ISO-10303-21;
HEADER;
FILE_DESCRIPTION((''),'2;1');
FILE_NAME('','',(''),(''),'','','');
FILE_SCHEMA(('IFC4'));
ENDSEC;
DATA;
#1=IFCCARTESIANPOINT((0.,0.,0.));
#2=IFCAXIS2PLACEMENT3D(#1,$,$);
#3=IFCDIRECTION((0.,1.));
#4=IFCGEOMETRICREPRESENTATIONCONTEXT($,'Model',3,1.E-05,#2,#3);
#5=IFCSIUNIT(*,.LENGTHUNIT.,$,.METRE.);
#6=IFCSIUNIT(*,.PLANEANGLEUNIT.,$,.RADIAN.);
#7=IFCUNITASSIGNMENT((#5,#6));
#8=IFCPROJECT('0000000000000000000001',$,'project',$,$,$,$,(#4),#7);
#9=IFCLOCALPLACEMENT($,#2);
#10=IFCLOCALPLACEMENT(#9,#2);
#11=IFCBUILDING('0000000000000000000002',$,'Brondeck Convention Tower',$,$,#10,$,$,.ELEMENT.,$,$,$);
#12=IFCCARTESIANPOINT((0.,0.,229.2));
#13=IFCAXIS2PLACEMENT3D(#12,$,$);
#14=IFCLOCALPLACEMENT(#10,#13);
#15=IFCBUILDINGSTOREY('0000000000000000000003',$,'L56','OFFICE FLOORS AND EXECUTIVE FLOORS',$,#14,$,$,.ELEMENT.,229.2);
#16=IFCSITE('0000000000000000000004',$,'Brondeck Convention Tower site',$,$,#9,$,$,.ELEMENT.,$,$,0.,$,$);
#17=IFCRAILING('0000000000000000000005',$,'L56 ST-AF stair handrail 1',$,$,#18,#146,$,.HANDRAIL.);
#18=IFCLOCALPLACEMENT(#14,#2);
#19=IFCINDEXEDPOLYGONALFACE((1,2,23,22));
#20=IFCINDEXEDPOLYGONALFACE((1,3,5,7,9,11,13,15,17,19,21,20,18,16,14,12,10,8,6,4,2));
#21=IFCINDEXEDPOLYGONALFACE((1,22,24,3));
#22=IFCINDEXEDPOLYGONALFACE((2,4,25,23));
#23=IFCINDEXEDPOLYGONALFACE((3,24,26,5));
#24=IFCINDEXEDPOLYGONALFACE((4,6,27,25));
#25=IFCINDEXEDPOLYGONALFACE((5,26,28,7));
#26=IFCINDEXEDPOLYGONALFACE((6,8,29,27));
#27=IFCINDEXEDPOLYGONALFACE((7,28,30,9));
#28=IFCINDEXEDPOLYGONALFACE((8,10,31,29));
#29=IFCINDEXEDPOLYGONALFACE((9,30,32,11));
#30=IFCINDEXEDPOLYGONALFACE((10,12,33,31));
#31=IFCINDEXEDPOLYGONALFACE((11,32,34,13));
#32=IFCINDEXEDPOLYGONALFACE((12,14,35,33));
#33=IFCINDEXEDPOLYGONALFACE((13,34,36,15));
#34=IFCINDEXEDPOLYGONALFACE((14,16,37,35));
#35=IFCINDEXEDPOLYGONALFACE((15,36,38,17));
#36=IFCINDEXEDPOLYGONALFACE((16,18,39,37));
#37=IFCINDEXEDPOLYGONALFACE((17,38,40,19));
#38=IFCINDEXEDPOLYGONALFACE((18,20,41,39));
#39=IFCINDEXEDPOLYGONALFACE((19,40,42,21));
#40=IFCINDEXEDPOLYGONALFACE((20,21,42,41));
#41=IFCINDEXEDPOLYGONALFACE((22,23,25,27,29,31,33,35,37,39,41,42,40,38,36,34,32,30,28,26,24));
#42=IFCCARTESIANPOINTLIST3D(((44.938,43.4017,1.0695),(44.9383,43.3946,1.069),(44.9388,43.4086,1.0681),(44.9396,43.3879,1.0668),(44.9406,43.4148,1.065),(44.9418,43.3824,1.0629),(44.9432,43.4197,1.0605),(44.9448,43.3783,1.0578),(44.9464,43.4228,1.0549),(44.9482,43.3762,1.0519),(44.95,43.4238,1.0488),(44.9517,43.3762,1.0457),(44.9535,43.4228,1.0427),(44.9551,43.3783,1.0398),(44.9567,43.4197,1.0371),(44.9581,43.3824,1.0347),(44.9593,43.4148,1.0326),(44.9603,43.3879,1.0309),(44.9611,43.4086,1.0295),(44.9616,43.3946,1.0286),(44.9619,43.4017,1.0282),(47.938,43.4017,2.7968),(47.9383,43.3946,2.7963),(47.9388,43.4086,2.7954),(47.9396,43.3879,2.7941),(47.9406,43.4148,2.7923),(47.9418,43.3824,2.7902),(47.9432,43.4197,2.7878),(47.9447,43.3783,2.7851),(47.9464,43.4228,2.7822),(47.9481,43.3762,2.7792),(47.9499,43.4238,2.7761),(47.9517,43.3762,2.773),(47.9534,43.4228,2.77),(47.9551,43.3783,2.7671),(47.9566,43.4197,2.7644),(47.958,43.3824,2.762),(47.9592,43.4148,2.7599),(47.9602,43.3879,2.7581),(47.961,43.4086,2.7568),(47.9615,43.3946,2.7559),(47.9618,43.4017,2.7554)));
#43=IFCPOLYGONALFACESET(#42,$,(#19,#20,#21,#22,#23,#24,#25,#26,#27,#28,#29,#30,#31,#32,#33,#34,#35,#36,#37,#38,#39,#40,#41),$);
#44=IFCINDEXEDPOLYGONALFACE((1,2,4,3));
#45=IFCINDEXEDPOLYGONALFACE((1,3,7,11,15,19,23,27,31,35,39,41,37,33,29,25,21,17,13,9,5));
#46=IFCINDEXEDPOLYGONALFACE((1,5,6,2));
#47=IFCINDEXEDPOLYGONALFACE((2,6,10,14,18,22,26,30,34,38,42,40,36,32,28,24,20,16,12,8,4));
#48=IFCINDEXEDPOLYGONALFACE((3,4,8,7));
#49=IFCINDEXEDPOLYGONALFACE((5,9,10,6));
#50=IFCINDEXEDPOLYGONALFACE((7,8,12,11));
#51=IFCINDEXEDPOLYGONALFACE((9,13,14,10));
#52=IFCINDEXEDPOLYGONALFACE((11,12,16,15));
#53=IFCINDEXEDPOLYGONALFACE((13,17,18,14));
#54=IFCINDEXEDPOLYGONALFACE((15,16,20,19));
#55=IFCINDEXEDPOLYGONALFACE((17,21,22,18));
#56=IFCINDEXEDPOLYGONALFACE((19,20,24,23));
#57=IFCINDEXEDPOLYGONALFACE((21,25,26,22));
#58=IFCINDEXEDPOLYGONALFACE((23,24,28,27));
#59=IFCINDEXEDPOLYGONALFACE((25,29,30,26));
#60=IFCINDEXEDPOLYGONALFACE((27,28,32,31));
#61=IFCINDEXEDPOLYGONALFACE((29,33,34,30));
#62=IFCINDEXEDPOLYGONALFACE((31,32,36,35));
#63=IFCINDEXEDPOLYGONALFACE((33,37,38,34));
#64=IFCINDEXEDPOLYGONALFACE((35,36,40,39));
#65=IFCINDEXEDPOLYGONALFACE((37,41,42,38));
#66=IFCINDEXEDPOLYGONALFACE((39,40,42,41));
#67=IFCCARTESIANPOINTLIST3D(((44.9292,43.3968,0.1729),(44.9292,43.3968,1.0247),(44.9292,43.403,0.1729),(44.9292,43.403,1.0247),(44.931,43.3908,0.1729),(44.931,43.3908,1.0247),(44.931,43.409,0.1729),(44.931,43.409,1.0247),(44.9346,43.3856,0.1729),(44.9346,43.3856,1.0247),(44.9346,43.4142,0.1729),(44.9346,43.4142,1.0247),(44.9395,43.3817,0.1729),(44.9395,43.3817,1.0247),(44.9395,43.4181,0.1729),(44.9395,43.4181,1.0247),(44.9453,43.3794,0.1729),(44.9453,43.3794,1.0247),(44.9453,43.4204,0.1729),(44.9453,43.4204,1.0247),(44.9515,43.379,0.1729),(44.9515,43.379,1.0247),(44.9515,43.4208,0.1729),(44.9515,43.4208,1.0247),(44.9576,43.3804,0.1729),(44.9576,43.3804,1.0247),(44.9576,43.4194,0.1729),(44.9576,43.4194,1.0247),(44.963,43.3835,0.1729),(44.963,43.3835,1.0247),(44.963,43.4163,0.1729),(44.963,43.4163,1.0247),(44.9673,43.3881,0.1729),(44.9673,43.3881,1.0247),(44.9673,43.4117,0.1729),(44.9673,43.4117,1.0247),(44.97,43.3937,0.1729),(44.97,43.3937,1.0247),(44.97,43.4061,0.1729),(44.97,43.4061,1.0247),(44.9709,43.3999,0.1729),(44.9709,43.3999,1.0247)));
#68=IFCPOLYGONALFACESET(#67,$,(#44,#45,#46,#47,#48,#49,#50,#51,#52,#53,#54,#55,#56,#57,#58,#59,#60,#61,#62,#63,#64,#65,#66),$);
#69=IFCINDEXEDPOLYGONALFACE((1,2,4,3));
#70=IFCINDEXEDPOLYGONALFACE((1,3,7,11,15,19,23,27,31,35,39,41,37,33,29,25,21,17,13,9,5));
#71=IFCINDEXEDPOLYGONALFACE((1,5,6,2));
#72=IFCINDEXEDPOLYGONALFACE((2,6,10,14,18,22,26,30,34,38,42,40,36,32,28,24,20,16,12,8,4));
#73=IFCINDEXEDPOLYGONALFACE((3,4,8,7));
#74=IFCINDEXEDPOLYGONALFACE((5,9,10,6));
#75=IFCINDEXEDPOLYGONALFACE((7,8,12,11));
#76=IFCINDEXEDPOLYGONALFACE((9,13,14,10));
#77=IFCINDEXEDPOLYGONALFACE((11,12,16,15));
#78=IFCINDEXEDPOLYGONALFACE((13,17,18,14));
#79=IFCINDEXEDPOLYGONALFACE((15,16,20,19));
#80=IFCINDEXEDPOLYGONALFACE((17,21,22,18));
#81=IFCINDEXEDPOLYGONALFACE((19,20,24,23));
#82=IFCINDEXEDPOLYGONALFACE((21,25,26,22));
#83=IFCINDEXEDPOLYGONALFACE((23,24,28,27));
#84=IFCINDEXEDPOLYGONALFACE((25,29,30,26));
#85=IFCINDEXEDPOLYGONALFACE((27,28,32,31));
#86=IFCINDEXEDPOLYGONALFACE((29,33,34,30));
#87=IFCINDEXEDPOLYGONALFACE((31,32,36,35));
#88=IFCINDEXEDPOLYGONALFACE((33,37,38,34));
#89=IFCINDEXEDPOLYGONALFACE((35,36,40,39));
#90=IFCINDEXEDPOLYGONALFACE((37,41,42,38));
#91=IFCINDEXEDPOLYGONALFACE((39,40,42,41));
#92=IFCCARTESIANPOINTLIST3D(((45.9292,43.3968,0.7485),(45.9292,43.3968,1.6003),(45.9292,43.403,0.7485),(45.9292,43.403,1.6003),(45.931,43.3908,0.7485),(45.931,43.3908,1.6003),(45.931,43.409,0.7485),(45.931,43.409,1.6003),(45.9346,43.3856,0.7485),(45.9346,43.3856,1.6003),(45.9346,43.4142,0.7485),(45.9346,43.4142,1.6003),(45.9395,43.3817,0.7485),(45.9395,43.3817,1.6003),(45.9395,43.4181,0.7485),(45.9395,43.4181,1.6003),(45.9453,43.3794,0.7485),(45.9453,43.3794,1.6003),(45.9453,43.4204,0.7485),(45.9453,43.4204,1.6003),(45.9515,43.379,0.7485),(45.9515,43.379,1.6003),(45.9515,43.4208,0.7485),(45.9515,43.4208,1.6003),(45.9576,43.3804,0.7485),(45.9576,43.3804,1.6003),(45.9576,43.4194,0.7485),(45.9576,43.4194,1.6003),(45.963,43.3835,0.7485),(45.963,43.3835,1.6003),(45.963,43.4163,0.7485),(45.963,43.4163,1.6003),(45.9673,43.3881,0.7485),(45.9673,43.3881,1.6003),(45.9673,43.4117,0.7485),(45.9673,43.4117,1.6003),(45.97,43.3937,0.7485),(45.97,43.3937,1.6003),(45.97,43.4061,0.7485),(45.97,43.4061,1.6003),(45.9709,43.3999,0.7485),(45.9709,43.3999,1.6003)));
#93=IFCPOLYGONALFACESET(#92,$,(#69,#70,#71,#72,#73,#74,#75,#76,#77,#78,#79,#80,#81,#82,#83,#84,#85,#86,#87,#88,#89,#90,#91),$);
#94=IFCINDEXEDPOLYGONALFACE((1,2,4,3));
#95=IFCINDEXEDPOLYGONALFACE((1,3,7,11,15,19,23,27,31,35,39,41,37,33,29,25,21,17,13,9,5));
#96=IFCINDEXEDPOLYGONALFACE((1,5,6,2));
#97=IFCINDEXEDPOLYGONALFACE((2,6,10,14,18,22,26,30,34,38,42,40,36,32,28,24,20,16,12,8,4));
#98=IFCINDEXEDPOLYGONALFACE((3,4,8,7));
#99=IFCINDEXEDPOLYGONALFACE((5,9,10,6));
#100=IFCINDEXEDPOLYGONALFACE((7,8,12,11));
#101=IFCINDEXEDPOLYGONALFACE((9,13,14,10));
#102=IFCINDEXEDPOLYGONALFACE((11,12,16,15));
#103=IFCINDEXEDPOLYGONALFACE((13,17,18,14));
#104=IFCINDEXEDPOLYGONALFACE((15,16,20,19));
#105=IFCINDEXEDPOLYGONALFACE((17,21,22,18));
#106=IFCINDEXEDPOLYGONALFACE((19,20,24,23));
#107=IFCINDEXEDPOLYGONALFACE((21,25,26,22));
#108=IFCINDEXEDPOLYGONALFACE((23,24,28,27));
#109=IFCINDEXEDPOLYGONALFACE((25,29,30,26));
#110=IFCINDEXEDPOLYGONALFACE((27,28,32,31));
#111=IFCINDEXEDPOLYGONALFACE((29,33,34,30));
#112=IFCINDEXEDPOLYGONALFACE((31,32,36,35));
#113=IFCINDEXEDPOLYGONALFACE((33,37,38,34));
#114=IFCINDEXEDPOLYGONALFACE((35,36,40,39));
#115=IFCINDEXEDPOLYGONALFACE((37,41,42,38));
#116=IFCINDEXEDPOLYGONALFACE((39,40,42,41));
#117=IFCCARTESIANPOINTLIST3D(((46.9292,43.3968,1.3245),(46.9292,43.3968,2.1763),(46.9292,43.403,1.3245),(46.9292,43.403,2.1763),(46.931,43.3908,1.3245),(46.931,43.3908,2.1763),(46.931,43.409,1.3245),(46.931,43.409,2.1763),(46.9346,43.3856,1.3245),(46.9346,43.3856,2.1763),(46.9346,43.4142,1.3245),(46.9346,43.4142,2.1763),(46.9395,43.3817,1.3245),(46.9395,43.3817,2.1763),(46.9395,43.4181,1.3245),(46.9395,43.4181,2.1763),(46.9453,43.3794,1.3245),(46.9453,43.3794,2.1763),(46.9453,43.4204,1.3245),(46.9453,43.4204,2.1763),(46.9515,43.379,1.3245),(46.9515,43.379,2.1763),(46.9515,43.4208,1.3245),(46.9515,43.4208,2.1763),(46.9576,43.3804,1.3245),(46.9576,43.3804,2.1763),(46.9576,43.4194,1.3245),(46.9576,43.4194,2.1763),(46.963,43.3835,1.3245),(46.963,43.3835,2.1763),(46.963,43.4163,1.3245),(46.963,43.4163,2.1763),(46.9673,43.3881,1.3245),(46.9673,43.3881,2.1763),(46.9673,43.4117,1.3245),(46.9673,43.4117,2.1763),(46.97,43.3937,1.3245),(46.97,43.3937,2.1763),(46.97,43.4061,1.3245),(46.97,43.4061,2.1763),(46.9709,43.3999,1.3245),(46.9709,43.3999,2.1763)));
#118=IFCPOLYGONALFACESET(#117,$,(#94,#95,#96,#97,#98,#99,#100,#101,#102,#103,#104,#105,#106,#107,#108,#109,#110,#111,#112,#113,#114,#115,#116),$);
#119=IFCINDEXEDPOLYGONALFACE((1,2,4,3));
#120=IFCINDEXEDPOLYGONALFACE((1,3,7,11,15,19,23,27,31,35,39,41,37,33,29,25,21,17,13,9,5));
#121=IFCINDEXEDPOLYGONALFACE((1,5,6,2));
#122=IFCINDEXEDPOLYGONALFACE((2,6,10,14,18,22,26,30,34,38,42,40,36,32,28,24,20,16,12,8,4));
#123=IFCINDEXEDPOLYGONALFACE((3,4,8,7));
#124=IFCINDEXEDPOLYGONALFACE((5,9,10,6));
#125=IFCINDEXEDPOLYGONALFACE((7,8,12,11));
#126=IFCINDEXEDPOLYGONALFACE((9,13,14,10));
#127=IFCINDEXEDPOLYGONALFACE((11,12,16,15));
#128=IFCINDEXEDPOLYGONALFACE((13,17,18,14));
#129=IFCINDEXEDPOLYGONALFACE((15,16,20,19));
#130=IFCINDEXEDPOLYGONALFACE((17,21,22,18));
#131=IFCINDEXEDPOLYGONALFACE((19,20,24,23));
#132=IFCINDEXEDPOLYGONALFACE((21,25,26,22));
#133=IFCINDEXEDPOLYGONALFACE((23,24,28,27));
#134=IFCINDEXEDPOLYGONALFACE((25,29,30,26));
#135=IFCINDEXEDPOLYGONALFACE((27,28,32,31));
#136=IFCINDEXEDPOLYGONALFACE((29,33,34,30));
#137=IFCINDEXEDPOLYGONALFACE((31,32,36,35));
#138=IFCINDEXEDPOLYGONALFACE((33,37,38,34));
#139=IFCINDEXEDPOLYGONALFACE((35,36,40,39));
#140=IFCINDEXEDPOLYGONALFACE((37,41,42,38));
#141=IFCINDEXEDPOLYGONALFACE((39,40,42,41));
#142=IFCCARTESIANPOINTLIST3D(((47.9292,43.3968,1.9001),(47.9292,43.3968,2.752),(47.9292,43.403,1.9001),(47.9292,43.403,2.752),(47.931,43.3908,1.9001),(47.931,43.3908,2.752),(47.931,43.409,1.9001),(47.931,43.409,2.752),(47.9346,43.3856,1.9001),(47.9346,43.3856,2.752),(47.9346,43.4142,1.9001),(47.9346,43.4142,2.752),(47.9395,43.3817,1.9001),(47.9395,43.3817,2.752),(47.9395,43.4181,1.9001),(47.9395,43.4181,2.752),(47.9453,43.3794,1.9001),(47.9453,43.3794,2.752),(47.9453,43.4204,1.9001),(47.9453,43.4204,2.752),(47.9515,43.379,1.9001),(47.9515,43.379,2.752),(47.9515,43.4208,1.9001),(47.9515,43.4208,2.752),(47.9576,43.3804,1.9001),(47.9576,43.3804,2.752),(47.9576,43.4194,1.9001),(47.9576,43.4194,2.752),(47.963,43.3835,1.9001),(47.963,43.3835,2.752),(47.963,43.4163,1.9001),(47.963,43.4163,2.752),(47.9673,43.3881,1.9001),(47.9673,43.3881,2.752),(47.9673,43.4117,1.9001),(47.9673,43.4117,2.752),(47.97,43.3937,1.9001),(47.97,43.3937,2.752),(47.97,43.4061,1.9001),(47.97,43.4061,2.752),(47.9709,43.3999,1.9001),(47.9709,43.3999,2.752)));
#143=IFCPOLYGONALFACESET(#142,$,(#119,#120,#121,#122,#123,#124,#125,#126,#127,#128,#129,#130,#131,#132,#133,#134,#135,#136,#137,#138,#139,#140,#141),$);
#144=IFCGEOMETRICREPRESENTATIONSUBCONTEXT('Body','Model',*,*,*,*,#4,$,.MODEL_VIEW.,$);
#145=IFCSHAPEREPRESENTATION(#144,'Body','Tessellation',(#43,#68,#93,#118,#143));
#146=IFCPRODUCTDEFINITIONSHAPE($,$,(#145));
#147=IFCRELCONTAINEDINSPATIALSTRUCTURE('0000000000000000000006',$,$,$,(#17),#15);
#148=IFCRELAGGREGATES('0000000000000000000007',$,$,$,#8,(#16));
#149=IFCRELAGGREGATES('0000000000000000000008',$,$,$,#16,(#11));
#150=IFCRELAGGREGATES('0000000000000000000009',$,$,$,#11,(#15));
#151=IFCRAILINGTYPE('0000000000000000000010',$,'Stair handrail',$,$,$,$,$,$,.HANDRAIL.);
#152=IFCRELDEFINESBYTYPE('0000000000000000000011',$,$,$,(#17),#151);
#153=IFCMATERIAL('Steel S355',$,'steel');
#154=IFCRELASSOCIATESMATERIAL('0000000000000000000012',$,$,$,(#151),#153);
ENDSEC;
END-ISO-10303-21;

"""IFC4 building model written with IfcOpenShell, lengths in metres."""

from ifc_helpers import new_model, si_unit, direction, frame, origin, origin_2d, place, context, subcontext, project, spatial, circle, extrude, material, type_object, element, save


model = new_model("IFC4")

# Units and contexts
model_context = context("Model", 3, precision=1e-05, world=origin(), true_north=direction((0.0, 1.0)))
body_context = subcontext(model_context, "Body", "Model", "MODEL_VIEW")
ifc_project = project(units=[si_unit("LENGTHUNIT", "METRE"), si_unit("PLANEANGLEUNIT", "RADIAN")], contexts=[model_context])

# Site, building, storey
site_placement = place(None, origin())
site = spatial("IfcSite", under=ifc_project, at=site_placement, Name="Brondeck Convention Tower site", CompositionType="ELEMENT", RefElevation=0.0)
building_placement = place(site_placement, origin())
building = spatial("IfcBuilding", under=site, at=building_placement, Name="Brondeck Convention Tower", CompositionType="ELEMENT")
storey_placement = place(building_placement, frame((0.0, 0.0, 229.2)))
storey = spatial("IfcBuildingStorey", under=building, at=storey_placement, Name="L56", Description="OFFICE FLOORS AND EXECUTIVE FLOORS", CompositionType="ELEMENT", Elevation=229.2)

# Shared definitions
ifc_material_1 = material(Name="Steel S355", Category="steel")

# Railing
railing_type_1 = type_object("IfcRailingType", Name="Stair handrail", PredefinedType="HANDRAIL", material=ifc_material_1)
railing_1_placement = place(storey_placement, frame((44.95, 43.3999, 0.1729)))
element("IfcRailing", 1, at=railing_1_placement, inside=storey, type_object=railing_type_1, Name="L56 ST-AF stair handrail 1", PredefinedType="HANDRAIL", context=body_context, shape_type="SweptSolid", body=[
    extrude(circle(Radius=0.0239, at=origin_2d()), frame((0.0, 0.0, 0.876), z_axis=(0.86662, 0.0, 0.498969), x_axis=(0.0, 1.0, 0.0)), (0.0, 0.0, 1.0), 3.4617),
    extrude(circle(Radius=0.021, at=origin_2d()), origin(), (0.0, 0.0, 1.0), 0.8518),
    extrude(circle(Radius=0.021, at=origin_2d()), frame((1.0, 0.0, 0.5757)), (0.0, 0.0, 1.0), 0.8518),
    extrude(circle(Radius=0.021, at=origin_2d()), frame((2.0, 0.0, 1.1516)), (0.0, 0.0, 1.0), 0.8518),
    extrude(circle(Radius=0.021, at=origin_2d()), frame((3.0, 0.0, 1.7273)), (0.0, 0.0, 1.0), 0.8518),
])

save(model, "model.ifc")
